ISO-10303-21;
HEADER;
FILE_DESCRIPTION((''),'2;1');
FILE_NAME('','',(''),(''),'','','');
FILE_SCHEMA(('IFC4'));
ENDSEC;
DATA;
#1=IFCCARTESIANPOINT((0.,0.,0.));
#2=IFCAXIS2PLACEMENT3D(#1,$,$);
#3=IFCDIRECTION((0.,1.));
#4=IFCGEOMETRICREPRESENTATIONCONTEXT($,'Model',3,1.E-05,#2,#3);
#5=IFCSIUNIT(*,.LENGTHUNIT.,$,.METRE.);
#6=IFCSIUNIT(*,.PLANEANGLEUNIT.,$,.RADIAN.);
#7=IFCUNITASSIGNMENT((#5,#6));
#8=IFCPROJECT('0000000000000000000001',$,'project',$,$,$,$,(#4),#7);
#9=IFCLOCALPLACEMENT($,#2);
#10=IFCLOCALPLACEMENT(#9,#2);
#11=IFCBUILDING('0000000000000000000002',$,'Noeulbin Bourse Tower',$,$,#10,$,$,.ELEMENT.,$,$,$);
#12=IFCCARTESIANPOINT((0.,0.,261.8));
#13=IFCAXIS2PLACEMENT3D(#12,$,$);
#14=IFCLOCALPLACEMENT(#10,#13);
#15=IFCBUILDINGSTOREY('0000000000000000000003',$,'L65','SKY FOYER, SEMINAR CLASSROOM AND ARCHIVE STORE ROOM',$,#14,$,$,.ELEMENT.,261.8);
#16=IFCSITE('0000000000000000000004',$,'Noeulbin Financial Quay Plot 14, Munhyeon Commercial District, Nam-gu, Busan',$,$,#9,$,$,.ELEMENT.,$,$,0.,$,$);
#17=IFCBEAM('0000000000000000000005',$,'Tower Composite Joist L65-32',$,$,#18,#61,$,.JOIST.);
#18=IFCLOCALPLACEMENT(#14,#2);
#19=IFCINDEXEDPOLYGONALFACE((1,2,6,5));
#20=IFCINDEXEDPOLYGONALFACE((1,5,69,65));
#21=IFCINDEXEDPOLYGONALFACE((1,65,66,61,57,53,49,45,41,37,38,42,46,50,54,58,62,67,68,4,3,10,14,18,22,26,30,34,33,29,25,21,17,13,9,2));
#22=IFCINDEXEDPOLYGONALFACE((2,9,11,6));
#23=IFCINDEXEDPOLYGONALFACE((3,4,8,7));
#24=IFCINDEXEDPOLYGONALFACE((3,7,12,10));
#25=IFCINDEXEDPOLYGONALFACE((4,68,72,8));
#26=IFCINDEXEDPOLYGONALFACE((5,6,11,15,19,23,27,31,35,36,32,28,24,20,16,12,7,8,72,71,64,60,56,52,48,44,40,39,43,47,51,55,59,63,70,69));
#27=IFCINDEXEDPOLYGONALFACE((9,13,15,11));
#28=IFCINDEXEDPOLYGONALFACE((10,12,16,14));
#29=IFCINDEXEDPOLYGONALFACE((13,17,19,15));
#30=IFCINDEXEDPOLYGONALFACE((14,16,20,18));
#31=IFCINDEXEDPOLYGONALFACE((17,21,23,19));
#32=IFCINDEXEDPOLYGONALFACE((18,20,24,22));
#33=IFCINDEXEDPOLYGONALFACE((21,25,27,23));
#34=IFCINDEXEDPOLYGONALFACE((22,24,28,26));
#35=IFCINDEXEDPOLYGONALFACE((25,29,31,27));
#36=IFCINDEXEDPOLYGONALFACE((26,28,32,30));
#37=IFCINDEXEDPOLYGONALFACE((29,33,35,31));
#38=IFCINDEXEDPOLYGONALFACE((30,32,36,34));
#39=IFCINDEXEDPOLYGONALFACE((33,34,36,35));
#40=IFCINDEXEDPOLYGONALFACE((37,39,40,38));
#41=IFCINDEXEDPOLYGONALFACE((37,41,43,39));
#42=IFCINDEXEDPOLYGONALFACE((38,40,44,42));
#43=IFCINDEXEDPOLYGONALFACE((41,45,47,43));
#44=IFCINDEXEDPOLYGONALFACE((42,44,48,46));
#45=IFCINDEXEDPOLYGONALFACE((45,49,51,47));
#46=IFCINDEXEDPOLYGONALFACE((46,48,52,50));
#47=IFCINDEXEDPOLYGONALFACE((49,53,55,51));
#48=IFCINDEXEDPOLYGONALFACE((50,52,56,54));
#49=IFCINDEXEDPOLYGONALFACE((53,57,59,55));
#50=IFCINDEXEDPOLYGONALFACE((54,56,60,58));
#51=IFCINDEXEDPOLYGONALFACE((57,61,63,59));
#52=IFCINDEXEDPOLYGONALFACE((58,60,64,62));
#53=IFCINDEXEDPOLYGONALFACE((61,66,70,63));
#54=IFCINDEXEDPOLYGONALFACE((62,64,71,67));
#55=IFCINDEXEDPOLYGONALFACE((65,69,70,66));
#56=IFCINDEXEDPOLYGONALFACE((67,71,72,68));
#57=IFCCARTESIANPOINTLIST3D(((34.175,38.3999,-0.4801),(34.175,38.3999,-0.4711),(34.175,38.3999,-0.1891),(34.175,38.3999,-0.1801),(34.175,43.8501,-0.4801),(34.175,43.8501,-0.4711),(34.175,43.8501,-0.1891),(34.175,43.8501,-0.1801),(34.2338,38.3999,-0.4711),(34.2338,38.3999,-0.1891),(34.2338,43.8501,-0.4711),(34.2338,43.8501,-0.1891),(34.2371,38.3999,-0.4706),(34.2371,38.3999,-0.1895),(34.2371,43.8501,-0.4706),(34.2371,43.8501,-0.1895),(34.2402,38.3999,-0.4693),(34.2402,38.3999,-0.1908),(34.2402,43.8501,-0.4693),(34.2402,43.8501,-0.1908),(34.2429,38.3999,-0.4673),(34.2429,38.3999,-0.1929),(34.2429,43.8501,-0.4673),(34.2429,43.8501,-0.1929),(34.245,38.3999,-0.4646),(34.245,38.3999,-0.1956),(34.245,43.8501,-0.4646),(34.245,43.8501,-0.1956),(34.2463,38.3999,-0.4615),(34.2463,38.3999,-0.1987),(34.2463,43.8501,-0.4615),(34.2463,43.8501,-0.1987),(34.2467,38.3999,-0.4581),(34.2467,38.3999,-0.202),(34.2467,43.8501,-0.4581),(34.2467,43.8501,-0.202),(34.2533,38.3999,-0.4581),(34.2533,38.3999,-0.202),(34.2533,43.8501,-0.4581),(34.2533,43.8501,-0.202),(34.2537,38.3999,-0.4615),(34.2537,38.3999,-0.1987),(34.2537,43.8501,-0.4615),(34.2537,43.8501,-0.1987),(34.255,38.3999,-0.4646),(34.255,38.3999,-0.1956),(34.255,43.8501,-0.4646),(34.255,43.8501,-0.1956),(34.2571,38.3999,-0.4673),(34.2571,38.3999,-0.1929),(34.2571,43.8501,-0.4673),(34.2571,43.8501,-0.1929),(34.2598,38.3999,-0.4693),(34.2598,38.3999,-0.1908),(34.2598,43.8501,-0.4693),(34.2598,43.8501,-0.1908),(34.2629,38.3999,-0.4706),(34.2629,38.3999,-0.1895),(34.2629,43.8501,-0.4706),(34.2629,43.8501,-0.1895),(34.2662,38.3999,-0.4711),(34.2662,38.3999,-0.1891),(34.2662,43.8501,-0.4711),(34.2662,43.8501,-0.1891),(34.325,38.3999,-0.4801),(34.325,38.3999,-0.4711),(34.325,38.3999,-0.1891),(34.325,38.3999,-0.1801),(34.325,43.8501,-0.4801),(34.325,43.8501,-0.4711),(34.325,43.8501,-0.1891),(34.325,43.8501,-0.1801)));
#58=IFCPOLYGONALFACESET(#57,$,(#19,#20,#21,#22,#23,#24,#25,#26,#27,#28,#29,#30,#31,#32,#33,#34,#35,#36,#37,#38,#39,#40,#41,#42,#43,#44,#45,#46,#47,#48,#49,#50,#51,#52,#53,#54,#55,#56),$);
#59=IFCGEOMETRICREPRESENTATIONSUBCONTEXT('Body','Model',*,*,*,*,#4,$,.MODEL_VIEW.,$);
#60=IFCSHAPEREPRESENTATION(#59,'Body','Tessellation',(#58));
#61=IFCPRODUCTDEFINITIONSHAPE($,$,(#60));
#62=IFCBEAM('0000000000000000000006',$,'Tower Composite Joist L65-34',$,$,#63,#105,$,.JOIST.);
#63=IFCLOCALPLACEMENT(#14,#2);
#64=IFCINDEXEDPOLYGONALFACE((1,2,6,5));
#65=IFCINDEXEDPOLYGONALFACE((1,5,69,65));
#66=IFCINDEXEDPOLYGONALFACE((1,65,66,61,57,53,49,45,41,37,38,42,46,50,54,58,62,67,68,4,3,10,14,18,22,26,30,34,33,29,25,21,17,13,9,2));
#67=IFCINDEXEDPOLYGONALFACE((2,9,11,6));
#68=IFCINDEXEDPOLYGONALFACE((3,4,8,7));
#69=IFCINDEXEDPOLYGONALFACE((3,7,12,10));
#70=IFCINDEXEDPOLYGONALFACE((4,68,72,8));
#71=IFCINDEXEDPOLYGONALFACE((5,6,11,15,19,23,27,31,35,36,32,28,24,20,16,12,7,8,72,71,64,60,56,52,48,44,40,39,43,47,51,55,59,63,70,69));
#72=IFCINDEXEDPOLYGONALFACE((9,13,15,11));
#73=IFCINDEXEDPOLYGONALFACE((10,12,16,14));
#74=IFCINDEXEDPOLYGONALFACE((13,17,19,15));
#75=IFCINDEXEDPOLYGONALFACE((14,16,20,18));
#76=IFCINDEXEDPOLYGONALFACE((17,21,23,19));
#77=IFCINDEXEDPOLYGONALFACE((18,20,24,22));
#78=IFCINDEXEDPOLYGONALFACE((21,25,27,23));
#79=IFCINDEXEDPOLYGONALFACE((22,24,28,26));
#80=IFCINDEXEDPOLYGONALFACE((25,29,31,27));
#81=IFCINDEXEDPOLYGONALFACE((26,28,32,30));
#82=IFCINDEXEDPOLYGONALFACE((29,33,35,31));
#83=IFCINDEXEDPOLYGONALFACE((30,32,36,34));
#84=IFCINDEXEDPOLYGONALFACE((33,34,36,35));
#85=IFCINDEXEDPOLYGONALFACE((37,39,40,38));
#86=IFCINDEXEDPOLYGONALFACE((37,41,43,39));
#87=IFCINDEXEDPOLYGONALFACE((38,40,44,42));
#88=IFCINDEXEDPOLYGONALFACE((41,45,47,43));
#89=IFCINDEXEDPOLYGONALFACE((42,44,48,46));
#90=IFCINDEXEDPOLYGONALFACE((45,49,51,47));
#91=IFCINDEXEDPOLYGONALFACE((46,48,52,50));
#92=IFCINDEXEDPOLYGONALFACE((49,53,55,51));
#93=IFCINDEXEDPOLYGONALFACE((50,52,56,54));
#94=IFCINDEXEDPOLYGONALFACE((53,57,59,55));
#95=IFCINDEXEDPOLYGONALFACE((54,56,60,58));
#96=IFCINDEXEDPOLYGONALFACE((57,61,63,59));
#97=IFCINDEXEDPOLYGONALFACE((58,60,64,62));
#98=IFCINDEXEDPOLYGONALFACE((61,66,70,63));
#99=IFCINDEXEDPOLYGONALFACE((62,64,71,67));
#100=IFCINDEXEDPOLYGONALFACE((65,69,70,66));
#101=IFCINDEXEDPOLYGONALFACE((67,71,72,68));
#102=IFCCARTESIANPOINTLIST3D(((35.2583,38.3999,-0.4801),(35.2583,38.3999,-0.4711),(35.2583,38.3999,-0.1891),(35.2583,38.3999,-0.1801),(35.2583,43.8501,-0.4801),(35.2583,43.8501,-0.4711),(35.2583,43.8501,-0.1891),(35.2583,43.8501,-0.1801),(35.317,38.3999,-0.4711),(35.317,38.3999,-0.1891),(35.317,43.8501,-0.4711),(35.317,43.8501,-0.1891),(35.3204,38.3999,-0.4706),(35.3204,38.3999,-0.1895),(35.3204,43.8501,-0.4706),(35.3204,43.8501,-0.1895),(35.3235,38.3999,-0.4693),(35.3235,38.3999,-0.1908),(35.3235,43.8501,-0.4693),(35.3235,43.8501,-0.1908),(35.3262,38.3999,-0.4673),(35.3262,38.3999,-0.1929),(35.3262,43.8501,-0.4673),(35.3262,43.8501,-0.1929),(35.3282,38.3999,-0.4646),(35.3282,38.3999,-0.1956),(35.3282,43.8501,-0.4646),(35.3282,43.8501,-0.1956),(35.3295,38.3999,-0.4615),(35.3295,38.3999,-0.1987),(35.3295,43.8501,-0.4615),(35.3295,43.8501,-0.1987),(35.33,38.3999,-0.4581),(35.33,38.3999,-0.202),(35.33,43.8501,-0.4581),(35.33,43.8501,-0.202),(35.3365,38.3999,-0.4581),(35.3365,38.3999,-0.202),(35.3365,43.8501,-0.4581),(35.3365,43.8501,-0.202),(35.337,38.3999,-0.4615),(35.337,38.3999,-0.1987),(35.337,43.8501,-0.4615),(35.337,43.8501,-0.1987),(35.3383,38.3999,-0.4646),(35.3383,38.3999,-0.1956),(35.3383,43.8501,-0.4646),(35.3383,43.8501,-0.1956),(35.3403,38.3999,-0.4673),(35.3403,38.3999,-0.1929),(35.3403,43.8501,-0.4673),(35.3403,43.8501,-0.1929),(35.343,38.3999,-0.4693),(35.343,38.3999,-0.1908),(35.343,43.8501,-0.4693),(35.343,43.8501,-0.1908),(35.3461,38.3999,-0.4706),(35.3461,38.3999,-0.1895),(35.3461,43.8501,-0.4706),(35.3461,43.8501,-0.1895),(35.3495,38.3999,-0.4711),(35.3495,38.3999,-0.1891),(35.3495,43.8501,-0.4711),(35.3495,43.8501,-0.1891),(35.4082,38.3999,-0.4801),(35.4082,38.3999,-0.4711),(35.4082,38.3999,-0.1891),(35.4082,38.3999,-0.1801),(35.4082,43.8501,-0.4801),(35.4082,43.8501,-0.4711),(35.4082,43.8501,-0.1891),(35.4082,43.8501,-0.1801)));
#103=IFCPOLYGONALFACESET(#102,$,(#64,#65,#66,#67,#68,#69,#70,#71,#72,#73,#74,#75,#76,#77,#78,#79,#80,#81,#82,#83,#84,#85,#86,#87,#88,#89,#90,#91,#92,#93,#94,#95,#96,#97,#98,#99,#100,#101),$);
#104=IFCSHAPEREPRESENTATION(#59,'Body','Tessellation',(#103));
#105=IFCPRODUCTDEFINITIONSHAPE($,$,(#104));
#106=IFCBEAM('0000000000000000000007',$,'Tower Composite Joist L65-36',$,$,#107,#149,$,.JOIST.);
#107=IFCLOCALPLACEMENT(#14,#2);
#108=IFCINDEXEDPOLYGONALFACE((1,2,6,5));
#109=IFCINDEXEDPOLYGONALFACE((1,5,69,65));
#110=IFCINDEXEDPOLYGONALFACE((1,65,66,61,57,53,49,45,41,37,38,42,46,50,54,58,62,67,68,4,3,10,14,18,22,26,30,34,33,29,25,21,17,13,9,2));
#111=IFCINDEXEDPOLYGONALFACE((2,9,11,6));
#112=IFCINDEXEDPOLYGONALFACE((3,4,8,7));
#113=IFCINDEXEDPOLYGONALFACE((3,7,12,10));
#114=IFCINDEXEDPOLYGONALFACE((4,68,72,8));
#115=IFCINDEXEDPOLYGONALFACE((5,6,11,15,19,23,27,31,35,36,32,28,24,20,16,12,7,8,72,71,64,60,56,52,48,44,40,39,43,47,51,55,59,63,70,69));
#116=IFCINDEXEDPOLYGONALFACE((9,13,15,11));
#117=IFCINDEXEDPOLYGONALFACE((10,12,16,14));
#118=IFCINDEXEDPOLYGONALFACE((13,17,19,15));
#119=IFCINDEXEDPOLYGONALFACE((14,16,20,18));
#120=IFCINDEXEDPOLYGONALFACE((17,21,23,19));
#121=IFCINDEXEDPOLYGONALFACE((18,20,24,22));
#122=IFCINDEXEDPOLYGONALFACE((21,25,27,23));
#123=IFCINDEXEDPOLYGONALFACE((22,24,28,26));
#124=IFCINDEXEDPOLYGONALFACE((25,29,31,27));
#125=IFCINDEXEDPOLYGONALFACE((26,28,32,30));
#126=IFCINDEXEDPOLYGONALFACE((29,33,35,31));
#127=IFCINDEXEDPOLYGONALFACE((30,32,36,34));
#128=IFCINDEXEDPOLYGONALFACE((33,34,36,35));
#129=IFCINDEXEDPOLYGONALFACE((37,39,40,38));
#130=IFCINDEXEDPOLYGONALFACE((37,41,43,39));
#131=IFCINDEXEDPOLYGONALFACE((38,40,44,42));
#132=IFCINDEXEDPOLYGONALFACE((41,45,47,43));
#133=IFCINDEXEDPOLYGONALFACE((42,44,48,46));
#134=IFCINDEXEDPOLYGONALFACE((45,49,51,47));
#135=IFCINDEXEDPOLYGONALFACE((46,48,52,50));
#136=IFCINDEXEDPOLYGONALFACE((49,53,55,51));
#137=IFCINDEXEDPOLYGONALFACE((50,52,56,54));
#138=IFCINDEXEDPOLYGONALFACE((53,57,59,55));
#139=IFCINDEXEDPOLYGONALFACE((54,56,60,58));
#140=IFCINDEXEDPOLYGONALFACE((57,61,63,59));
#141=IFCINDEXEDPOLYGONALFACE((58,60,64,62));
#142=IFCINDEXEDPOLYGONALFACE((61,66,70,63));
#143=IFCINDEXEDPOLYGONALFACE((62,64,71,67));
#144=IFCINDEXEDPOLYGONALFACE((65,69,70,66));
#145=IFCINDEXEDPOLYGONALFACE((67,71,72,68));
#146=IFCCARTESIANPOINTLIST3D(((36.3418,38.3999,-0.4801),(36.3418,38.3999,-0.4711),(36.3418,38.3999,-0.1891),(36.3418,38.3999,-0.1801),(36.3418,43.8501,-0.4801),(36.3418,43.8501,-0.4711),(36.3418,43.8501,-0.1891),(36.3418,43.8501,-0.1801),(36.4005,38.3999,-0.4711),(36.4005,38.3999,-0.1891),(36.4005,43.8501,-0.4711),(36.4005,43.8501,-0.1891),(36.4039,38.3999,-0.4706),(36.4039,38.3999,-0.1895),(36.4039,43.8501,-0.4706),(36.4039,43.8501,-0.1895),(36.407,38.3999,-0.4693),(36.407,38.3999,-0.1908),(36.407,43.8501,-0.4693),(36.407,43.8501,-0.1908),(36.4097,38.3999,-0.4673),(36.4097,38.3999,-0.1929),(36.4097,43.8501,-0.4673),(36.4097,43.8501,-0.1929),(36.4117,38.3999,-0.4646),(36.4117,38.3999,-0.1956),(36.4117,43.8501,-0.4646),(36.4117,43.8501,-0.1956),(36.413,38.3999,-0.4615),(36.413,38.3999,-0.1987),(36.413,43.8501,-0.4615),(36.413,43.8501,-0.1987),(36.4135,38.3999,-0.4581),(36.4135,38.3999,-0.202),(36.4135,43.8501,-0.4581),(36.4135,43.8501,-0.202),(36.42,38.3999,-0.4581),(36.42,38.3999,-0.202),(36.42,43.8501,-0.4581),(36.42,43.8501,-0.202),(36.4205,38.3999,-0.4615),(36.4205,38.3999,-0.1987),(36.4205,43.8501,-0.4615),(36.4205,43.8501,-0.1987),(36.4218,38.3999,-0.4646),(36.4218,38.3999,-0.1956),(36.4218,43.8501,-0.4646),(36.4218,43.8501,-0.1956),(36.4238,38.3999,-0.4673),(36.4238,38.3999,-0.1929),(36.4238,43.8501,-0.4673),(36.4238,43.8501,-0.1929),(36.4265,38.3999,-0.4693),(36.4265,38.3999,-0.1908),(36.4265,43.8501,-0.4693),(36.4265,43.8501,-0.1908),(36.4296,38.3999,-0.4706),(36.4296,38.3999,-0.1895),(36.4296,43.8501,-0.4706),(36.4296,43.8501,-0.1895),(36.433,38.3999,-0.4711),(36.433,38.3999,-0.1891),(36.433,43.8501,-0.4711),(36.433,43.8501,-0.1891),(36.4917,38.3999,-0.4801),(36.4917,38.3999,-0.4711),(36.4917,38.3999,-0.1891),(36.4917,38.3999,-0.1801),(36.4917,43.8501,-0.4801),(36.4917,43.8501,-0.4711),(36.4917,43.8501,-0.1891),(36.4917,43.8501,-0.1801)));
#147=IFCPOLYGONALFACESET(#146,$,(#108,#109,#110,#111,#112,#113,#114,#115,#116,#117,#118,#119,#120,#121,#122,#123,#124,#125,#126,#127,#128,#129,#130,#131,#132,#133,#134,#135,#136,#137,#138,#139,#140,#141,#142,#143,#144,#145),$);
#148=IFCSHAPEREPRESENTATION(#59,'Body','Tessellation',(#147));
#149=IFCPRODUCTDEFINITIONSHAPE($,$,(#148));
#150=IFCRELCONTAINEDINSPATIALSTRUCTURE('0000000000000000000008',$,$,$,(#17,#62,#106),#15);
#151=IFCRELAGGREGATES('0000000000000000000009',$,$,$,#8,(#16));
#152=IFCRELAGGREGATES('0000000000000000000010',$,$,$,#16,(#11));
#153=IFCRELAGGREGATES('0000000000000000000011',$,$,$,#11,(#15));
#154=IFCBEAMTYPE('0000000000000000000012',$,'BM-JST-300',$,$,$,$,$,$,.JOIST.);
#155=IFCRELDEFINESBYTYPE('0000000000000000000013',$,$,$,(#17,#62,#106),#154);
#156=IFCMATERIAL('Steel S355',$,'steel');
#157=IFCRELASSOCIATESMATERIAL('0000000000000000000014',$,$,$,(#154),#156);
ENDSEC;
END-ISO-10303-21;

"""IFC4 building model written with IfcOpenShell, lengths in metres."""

from ifc_helpers import new_model, si_unit, direction, frame, origin, origin_2d, place, context, subcontext, project, spatial, i_section, extrude, material, material_profile, profile_set, type_object, element, save


model = new_model("IFC4")

# Units and contexts
model_context = context("Model", 3, precision=1e-05, world=origin(), true_north=direction((0.0, 1.0)))
body_context = subcontext(model_context, "Body", "Model", "MODEL_VIEW")
ifc_project = project(units=[si_unit("LENGTHUNIT", "METRE"), si_unit("PLANEANGLEUNIT", "RADIAN")], contexts=[model_context])

# Site, building, storey
site_placement = place(None, origin())
site = spatial("IfcSite", under=ifc_project, at=site_placement, Name="Noeulbin Financial Quay Plot 14, Munhyeon Commercial District, Nam-gu, Busan", CompositionType="ELEMENT", RefElevation=0.0)
building_placement = place(site_placement, origin())
building = spatial("IfcBuilding", under=site, at=building_placement, Name="Noeulbin Bourse Tower", CompositionType="ELEMENT")
storey_placement = place(building_placement, frame((0.0, 0.0, 261.8)))
storey = spatial("IfcBuildingStorey", under=building, at=storey_placement, Name="L65", Description="SKY FOYER, SEMINAR CLASSROOM AND ARCHIVE STORE ROOM", CompositionType="ELEMENT", Elevation=261.8)

# Shared definitions
ifc_material_1 = material(Name="Steel S355", Category="steel")

# Beams
ifc_material_profile_1 = material_profile(ifc_material_1, i_section(OverallWidth=0.1499, OverallDepth=0.3, WebThickness=0.0066, FlangeThickness=0.009, FilletRadius=0.0129, at=origin_2d()), Name="H-300x150x6.5x9", Category="LoadBearing")
ifc_profile_set_1 = profile_set([ifc_material_profile_1], Name="Steel S355")
beam_type = type_object("IfcBeamType", Name="BM-JST-300", PredefinedType="JOIST", material=ifc_profile_set_1)
for number, where, z_axis, x_axis, name in (
    (1, (34.25, 38.3999, -0.3301), (0.0, 1.0, 0.0), (-1.0, 0.0, 0.0), "Tower Composite Joist L65-32"),
    (2, (35.3333, 38.3999, -0.3301), (0.0, 1.0, 0.0), (-1.0, 0.0, 0.0), "Tower Composite Joist L65-34"),
    (3, (36.4167, 38.3999, -0.3301), (0.0, 1.0, 0.0), (-1.0, 0.0, 0.0), "Tower Composite Joist L65-36"),
):
    element("IfcBeam", number, at=place(storey_placement, frame(where, z_axis=z_axis, x_axis=x_axis)), inside=storey, type_object=beam_type, Name=name, PredefinedType="JOIST", context=body_context, shape_type="SweptSolid", body=[
        extrude(i_section(OverallWidth=0.1499, OverallDepth=0.3, WebThickness=0.0066, FlangeThickness=0.009, FilletRadius=0.0129, at=origin_2d()), origin(), (0.0, 0.0, 1.0), 5.4502),
    ])

save(model, "model.ifc")
